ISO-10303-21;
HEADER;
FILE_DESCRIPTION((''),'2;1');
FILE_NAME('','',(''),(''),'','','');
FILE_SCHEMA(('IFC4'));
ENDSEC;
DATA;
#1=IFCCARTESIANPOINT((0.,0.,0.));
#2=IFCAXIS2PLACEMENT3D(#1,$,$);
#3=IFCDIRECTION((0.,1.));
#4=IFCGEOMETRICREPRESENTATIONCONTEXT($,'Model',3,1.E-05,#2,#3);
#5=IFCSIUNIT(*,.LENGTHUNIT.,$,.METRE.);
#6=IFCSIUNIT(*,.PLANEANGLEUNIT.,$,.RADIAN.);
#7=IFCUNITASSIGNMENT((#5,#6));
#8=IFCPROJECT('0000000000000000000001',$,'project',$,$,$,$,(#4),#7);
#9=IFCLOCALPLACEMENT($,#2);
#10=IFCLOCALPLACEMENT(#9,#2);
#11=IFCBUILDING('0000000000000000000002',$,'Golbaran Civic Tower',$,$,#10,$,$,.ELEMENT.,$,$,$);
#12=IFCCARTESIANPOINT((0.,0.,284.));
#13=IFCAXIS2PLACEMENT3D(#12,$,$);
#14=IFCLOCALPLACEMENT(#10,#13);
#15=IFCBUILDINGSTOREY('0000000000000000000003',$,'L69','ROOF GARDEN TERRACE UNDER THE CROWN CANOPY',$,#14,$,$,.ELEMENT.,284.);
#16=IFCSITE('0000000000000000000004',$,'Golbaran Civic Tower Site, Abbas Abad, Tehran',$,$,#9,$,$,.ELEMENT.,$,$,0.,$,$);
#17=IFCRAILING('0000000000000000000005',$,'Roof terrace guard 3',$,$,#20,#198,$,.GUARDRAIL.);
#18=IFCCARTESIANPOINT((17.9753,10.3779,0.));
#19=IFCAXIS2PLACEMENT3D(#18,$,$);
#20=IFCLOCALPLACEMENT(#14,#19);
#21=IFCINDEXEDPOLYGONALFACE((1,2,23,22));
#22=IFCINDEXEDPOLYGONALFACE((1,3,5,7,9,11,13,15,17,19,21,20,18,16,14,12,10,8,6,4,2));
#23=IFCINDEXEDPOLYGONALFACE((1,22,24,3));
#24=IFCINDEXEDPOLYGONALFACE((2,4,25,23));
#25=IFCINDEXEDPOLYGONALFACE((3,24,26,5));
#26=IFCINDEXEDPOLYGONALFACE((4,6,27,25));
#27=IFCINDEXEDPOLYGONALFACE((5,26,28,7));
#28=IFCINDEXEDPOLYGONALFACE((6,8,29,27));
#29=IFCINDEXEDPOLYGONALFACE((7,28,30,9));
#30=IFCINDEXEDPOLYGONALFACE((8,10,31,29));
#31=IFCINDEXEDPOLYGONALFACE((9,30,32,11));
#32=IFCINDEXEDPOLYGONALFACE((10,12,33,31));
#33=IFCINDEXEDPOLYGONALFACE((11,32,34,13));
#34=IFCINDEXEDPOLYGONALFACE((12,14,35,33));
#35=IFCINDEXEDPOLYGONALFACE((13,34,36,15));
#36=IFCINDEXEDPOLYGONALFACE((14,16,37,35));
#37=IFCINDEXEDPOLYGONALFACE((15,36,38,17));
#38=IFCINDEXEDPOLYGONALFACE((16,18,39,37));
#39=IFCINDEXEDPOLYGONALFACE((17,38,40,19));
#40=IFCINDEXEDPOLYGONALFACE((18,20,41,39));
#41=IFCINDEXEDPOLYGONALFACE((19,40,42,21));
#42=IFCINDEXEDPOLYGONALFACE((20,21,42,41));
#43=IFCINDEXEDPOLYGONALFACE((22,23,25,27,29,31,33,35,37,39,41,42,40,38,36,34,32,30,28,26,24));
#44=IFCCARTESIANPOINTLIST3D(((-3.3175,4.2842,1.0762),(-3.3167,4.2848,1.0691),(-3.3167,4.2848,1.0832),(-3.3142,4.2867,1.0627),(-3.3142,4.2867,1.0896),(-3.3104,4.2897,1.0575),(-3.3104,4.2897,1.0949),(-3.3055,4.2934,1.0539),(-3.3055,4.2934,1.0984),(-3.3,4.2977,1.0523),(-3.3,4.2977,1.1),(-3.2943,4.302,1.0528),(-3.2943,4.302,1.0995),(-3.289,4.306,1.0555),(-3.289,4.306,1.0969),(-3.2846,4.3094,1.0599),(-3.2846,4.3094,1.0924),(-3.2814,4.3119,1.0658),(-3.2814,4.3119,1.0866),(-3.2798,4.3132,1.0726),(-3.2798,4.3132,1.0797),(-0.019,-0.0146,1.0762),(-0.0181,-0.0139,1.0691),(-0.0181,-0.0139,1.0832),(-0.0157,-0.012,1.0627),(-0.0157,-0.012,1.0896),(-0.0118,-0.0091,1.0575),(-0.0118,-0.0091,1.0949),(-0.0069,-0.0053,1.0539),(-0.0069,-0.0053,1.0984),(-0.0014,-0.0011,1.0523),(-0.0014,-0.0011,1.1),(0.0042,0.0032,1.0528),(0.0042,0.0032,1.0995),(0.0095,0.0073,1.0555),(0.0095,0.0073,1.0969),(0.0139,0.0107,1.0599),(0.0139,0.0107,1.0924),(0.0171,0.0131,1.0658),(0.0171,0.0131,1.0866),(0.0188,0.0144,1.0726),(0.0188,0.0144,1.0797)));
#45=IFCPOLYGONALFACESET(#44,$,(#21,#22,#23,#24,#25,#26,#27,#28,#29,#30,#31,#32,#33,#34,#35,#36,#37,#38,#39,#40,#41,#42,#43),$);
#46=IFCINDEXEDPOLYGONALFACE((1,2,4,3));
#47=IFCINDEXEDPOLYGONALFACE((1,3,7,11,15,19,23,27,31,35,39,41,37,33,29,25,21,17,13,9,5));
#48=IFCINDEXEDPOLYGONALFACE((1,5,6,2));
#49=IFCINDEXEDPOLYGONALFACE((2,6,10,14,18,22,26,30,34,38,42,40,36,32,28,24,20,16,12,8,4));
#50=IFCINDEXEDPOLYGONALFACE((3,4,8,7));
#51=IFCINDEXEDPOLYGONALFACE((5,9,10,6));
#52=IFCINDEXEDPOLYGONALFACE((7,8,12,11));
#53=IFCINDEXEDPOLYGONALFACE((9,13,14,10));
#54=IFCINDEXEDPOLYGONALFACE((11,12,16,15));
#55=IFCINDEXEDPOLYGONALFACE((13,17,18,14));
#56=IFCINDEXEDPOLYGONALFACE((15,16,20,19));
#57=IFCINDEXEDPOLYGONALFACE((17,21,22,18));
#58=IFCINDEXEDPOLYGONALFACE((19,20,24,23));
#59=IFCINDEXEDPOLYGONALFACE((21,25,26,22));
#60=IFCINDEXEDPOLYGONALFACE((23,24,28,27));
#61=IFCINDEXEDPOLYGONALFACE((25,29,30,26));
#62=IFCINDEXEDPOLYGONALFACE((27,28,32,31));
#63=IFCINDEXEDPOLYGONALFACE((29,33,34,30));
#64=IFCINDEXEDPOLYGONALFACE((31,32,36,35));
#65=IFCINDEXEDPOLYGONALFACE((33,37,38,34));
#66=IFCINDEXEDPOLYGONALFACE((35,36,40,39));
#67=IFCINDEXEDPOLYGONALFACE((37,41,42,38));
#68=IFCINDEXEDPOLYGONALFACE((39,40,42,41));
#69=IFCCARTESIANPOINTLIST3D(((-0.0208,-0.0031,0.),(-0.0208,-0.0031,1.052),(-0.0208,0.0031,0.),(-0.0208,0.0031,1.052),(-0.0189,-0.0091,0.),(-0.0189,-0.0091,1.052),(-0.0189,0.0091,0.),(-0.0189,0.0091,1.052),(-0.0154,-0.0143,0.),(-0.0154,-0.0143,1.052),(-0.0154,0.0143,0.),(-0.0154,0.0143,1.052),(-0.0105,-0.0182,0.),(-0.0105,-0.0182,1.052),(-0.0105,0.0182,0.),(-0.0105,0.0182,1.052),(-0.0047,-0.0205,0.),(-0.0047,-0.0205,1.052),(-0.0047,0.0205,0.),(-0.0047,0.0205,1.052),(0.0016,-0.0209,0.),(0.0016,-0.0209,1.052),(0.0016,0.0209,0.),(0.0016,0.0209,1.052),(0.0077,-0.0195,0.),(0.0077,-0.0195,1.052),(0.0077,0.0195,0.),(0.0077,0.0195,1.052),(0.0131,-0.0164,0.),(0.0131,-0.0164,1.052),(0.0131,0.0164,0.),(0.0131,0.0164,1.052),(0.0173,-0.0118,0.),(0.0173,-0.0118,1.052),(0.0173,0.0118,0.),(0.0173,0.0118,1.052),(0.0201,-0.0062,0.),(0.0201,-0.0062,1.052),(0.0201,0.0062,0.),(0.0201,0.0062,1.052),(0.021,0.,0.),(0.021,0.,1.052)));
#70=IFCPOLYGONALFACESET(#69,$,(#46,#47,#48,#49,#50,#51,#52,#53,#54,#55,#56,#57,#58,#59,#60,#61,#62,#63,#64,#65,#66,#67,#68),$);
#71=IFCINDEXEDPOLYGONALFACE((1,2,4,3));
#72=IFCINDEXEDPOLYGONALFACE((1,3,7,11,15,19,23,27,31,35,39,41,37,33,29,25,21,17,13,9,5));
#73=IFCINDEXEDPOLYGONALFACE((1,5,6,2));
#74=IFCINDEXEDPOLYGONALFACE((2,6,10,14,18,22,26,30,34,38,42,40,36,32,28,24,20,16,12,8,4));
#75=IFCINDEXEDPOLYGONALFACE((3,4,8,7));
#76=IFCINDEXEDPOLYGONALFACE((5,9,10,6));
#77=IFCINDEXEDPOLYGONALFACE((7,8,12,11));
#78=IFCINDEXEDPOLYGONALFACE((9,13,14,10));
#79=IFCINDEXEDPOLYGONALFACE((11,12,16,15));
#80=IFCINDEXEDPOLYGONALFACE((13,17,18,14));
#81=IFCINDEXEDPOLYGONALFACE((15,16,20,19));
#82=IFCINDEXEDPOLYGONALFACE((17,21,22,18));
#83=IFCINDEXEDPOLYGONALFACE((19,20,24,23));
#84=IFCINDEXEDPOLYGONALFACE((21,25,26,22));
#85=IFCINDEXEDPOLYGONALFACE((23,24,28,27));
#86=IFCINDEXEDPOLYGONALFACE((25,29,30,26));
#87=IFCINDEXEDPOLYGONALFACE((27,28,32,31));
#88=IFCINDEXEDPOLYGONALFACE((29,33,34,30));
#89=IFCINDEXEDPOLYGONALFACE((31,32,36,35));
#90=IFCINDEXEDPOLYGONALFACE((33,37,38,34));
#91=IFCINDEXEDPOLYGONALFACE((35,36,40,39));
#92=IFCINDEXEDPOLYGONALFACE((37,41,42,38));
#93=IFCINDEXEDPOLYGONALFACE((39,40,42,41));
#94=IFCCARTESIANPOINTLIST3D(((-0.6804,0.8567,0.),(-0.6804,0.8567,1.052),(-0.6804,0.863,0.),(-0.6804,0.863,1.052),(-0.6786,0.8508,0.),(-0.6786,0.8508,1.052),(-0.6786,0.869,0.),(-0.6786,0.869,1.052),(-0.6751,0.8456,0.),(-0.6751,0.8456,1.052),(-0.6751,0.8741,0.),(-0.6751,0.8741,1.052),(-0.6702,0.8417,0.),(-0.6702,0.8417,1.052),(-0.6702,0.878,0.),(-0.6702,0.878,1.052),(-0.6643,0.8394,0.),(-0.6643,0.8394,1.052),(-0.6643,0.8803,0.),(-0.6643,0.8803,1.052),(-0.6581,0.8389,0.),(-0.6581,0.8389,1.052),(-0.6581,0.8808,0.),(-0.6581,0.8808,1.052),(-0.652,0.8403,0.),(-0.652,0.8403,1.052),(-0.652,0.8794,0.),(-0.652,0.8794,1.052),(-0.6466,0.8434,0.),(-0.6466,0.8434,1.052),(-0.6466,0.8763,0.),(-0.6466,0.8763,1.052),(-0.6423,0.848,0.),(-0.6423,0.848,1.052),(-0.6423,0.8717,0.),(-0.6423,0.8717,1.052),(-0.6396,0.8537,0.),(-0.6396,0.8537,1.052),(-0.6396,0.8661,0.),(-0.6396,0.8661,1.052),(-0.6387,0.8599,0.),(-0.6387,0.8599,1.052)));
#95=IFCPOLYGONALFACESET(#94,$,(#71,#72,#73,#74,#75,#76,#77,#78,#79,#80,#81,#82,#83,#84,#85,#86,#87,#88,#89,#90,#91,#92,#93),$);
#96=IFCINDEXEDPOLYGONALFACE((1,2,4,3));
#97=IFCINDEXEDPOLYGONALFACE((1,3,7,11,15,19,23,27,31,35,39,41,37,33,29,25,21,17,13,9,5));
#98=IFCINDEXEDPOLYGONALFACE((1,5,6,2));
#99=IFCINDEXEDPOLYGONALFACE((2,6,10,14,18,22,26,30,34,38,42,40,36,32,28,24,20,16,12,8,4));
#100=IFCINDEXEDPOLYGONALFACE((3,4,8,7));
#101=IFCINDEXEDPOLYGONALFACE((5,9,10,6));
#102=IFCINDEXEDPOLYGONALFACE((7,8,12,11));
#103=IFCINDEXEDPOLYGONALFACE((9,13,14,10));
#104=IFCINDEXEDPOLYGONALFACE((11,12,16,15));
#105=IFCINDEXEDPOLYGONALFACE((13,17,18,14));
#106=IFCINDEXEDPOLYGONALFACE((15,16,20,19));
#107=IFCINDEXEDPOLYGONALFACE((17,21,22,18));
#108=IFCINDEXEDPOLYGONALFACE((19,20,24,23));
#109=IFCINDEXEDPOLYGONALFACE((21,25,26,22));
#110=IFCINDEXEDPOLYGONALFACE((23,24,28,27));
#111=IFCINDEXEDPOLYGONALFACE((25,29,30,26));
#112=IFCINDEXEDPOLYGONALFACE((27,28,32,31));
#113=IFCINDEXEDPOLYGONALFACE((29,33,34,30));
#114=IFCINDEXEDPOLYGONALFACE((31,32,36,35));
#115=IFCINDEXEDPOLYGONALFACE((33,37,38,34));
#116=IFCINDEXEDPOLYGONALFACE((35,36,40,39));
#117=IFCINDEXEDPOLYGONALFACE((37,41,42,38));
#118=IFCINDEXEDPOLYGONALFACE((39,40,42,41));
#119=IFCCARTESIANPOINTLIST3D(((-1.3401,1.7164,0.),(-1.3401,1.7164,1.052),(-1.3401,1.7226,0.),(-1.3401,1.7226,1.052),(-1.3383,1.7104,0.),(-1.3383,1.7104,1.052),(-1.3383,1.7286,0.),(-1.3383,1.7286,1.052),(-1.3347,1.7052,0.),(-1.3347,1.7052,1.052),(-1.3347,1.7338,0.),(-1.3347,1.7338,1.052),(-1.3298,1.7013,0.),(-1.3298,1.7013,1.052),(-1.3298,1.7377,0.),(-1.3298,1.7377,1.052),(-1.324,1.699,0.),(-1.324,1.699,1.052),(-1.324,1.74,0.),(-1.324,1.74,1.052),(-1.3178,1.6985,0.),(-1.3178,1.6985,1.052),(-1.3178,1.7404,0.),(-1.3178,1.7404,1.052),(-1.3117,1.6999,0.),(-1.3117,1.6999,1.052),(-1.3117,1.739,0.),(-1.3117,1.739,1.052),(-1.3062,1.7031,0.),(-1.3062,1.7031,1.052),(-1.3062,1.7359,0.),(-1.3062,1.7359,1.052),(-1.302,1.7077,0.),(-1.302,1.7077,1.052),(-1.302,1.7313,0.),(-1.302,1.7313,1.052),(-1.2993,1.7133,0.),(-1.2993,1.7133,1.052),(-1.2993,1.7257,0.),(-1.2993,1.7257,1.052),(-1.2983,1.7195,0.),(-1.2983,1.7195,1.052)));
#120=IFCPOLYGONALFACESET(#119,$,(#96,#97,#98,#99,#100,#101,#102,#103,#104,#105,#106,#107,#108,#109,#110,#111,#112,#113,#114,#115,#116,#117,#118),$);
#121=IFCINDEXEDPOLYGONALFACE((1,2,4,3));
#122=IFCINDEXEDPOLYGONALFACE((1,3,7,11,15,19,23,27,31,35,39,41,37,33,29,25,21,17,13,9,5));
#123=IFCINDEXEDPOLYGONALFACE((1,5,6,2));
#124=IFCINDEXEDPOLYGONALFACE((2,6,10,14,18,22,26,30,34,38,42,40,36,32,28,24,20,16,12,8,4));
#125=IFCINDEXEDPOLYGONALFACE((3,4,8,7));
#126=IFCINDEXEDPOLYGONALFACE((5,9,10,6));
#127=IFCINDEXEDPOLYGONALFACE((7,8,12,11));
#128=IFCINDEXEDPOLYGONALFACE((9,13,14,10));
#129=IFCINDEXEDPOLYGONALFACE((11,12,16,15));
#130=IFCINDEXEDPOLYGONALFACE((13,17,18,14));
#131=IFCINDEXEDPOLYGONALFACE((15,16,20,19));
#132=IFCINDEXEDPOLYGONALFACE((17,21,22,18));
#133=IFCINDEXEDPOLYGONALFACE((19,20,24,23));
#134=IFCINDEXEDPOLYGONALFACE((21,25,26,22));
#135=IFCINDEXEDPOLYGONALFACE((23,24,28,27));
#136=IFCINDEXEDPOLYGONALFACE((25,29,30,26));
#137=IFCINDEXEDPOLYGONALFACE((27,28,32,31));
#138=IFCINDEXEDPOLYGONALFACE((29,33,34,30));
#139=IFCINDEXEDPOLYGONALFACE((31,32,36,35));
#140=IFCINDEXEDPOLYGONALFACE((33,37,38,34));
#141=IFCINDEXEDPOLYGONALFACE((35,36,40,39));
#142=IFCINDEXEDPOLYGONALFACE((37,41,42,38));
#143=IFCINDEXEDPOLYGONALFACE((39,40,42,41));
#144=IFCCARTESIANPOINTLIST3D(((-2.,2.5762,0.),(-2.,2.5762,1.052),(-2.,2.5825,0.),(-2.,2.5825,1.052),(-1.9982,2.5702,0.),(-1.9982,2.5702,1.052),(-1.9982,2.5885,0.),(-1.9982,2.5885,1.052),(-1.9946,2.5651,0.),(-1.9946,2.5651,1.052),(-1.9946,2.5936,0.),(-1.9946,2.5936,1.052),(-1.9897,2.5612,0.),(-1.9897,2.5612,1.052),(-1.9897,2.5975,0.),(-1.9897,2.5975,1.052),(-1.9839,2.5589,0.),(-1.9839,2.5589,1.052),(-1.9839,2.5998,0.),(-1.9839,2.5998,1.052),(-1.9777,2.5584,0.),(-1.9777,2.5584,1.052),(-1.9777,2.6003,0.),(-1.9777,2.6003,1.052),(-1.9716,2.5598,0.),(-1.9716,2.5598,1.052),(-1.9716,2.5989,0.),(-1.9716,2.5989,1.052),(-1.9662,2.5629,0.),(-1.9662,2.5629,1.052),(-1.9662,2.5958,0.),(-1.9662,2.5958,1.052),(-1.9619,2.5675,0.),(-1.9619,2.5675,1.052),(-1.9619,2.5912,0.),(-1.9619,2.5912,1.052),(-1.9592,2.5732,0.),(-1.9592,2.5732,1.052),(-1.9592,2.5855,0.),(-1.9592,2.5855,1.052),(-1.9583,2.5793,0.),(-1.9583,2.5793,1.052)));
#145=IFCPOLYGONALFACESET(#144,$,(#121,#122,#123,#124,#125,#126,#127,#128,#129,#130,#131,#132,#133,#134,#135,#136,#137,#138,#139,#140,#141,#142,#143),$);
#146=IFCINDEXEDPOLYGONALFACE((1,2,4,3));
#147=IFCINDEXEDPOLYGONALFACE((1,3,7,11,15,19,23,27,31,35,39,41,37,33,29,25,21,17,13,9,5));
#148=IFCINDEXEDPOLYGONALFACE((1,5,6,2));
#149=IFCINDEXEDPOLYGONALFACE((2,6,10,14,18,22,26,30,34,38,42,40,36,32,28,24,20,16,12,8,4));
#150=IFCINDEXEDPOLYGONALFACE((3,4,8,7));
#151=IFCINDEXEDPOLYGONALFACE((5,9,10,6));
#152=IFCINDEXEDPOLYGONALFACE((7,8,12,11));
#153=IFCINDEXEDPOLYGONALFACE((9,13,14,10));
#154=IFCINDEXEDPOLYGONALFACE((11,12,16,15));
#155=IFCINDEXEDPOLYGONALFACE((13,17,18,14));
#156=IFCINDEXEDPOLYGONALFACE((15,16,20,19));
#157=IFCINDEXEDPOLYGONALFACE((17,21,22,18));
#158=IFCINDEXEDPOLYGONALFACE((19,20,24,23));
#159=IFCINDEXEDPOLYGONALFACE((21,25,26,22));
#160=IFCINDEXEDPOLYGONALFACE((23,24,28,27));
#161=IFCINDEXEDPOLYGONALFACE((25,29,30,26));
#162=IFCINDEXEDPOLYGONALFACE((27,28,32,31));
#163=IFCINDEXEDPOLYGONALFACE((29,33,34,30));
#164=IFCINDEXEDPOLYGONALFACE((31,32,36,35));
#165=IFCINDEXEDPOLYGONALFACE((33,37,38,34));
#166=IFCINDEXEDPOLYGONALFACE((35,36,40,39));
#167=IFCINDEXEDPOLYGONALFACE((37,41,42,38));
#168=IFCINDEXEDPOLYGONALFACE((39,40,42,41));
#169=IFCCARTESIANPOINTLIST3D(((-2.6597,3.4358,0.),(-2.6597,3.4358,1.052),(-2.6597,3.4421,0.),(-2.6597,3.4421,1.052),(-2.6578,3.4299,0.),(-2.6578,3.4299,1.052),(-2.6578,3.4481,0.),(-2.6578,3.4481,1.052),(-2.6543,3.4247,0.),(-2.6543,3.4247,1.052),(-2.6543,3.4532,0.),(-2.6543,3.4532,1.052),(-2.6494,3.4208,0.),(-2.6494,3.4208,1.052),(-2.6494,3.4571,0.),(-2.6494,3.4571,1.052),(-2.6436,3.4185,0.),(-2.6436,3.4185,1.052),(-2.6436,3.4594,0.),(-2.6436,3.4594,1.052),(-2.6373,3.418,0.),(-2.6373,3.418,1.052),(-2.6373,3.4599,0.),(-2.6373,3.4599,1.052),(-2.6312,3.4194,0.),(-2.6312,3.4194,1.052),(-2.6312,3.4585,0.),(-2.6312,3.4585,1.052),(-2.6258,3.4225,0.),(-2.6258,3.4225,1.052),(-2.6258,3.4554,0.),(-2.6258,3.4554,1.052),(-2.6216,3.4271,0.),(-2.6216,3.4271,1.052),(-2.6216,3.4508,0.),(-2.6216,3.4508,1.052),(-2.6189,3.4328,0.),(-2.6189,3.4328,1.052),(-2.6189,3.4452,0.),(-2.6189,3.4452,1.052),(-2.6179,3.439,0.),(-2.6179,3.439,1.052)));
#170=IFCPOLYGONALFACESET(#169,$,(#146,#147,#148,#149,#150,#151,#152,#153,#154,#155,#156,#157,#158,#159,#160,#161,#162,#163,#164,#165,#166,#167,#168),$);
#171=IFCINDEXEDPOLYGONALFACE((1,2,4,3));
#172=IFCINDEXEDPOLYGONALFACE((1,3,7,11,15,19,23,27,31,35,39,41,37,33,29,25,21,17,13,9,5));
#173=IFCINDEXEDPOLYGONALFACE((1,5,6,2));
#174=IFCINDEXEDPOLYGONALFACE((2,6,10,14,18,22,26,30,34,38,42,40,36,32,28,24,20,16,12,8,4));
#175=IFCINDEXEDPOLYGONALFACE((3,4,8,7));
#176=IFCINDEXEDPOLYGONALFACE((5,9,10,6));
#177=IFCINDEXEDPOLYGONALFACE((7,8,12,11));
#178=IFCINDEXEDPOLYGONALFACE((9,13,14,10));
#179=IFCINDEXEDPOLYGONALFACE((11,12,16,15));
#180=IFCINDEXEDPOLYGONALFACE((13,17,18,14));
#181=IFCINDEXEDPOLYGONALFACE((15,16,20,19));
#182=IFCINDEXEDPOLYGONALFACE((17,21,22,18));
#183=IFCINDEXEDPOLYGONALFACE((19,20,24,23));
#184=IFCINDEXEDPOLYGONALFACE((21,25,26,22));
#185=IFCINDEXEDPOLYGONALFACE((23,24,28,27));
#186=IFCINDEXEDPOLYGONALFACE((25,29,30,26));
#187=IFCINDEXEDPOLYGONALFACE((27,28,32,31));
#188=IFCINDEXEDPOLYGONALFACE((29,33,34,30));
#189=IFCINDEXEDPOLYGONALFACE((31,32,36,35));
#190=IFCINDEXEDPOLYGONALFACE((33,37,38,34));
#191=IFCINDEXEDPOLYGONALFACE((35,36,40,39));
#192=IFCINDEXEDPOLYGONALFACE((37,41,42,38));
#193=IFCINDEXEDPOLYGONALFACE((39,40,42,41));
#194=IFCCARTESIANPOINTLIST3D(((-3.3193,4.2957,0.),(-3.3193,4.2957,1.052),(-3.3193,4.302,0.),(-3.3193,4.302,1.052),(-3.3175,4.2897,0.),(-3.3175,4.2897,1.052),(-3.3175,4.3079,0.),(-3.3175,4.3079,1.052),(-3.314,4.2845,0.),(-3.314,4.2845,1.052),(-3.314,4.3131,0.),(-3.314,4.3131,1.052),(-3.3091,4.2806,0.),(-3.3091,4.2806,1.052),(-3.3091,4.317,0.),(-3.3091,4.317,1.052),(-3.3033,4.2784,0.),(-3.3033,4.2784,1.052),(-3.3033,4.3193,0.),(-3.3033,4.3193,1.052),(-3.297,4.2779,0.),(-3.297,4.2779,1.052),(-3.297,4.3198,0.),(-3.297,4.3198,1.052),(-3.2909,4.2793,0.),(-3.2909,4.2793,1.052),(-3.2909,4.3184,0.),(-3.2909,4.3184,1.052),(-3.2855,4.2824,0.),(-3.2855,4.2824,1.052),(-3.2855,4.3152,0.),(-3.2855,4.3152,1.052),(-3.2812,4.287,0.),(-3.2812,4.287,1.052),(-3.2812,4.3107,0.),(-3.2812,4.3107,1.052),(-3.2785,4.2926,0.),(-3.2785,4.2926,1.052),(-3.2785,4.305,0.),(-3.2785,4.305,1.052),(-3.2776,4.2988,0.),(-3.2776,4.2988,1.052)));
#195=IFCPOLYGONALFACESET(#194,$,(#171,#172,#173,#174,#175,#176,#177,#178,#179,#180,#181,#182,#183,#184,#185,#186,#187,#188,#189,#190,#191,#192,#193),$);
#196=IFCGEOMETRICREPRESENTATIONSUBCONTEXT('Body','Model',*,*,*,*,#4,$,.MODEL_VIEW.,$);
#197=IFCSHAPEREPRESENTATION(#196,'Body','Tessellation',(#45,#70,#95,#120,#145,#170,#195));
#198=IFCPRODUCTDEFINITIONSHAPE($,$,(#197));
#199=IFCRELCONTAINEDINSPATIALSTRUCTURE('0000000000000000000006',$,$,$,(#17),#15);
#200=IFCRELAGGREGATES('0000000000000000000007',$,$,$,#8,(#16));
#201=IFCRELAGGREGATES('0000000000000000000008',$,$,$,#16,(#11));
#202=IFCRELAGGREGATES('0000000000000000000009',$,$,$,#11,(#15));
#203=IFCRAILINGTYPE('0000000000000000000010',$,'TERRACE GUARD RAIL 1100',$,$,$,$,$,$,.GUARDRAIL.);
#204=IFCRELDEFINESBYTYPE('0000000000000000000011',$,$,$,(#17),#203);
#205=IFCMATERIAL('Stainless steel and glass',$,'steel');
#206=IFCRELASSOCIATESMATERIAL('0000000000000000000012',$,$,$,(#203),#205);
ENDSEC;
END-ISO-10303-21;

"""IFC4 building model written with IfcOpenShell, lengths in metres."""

from ifc_helpers import new_model, si_unit, direction, frame, origin, origin_2d, place, context, subcontext, project, spatial, circle, extrude, material, type_object, element, save


model = new_model("IFC4")

# Units and contexts
model_context = context("Model", 3, precision=1e-05, world=origin(), true_north=direction((0.0, 1.0)))
body_context = subcontext(model_context, "Body", "Model", "MODEL_VIEW")
ifc_project = project(units=[si_unit("LENGTHUNIT", "METRE"), si_unit("PLANEANGLEUNIT", "RADIAN")], contexts=[model_context])

# Site, building, storey
site_placement = place(None, origin())
site = spatial("IfcSite", under=ifc_project, at=site_placement, Name="Golbaran Civic Tower Site, Abbas Abad, Tehran", CompositionType="ELEMENT", RefElevation=0.0)
building_placement = place(site_placement, origin())
building = spatial("IfcBuilding", under=site, at=building_placement, Name="Golbaran Civic Tower", CompositionType="ELEMENT")
storey_placement = place(building_placement, frame((0.0, 0.0, 284.0)))
storey = spatial("IfcBuildingStorey", under=building, at=storey_placement, Name="L69", Description="ROOF GARDEN TERRACE UNDER THE CROWN CANOPY", CompositionType="ELEMENT", Elevation=284.0)

# Railing
ifc_material_1 = material(Name="Stainless steel and glass", Category="steel")
railing_type = type_object("IfcRailingType", Name="TERRACE GUARD RAIL 1100", PredefinedType="GUARDRAIL", material=ifc_material_1)
railing_1_placement = place(storey_placement, frame((17.9753, 10.3779, 0.0)))
element("IfcRailing", 1, at=railing_1_placement, inside=storey, type_object=railing_type, Name="Roof terrace guard 3", PredefinedType="GUARDRAIL", context=body_context, shape_type="SweptSolid", body=[
    extrude(circle(Radius=0.0239, at=origin_2d()), frame((0.0, 0.0, 1.0762), z_axis=(-0.608759, 0.793355, 0.0), x_axis=(-0.793355, -0.608759, 0.0)), (0.0, 0.0, 1.0), 5.4185),
    extrude(circle(Radius=0.021, at=origin_2d()), origin(), (0.0, 0.0, 1.0), 1.052),
    extrude(circle(Radius=0.021, at=origin_2d()), frame((-0.6597, 0.8599, 0.0)), (0.0, 0.0, 1.0), 1.052),
    extrude(circle(Radius=0.021, at=origin_2d()), frame((-1.3193, 1.7195, 0.0)), (0.0, 0.0, 1.0), 1.052),
    extrude(circle(Radius=0.021, at=origin_2d()), frame((-1.9792, 2.5793, 0.0)), (0.0, 0.0, 1.0), 1.052),
    extrude(circle(Radius=0.021, at=origin_2d()), frame((-2.6389, 3.439, 0.0)), (0.0, 0.0, 1.0), 1.052),
    extrude(circle(Radius=0.021, at=origin_2d()), frame((-3.2986, 4.2988, 0.0)), (0.0, 0.0, 1.0), 1.052),
])

save(model, "model.ifc")
